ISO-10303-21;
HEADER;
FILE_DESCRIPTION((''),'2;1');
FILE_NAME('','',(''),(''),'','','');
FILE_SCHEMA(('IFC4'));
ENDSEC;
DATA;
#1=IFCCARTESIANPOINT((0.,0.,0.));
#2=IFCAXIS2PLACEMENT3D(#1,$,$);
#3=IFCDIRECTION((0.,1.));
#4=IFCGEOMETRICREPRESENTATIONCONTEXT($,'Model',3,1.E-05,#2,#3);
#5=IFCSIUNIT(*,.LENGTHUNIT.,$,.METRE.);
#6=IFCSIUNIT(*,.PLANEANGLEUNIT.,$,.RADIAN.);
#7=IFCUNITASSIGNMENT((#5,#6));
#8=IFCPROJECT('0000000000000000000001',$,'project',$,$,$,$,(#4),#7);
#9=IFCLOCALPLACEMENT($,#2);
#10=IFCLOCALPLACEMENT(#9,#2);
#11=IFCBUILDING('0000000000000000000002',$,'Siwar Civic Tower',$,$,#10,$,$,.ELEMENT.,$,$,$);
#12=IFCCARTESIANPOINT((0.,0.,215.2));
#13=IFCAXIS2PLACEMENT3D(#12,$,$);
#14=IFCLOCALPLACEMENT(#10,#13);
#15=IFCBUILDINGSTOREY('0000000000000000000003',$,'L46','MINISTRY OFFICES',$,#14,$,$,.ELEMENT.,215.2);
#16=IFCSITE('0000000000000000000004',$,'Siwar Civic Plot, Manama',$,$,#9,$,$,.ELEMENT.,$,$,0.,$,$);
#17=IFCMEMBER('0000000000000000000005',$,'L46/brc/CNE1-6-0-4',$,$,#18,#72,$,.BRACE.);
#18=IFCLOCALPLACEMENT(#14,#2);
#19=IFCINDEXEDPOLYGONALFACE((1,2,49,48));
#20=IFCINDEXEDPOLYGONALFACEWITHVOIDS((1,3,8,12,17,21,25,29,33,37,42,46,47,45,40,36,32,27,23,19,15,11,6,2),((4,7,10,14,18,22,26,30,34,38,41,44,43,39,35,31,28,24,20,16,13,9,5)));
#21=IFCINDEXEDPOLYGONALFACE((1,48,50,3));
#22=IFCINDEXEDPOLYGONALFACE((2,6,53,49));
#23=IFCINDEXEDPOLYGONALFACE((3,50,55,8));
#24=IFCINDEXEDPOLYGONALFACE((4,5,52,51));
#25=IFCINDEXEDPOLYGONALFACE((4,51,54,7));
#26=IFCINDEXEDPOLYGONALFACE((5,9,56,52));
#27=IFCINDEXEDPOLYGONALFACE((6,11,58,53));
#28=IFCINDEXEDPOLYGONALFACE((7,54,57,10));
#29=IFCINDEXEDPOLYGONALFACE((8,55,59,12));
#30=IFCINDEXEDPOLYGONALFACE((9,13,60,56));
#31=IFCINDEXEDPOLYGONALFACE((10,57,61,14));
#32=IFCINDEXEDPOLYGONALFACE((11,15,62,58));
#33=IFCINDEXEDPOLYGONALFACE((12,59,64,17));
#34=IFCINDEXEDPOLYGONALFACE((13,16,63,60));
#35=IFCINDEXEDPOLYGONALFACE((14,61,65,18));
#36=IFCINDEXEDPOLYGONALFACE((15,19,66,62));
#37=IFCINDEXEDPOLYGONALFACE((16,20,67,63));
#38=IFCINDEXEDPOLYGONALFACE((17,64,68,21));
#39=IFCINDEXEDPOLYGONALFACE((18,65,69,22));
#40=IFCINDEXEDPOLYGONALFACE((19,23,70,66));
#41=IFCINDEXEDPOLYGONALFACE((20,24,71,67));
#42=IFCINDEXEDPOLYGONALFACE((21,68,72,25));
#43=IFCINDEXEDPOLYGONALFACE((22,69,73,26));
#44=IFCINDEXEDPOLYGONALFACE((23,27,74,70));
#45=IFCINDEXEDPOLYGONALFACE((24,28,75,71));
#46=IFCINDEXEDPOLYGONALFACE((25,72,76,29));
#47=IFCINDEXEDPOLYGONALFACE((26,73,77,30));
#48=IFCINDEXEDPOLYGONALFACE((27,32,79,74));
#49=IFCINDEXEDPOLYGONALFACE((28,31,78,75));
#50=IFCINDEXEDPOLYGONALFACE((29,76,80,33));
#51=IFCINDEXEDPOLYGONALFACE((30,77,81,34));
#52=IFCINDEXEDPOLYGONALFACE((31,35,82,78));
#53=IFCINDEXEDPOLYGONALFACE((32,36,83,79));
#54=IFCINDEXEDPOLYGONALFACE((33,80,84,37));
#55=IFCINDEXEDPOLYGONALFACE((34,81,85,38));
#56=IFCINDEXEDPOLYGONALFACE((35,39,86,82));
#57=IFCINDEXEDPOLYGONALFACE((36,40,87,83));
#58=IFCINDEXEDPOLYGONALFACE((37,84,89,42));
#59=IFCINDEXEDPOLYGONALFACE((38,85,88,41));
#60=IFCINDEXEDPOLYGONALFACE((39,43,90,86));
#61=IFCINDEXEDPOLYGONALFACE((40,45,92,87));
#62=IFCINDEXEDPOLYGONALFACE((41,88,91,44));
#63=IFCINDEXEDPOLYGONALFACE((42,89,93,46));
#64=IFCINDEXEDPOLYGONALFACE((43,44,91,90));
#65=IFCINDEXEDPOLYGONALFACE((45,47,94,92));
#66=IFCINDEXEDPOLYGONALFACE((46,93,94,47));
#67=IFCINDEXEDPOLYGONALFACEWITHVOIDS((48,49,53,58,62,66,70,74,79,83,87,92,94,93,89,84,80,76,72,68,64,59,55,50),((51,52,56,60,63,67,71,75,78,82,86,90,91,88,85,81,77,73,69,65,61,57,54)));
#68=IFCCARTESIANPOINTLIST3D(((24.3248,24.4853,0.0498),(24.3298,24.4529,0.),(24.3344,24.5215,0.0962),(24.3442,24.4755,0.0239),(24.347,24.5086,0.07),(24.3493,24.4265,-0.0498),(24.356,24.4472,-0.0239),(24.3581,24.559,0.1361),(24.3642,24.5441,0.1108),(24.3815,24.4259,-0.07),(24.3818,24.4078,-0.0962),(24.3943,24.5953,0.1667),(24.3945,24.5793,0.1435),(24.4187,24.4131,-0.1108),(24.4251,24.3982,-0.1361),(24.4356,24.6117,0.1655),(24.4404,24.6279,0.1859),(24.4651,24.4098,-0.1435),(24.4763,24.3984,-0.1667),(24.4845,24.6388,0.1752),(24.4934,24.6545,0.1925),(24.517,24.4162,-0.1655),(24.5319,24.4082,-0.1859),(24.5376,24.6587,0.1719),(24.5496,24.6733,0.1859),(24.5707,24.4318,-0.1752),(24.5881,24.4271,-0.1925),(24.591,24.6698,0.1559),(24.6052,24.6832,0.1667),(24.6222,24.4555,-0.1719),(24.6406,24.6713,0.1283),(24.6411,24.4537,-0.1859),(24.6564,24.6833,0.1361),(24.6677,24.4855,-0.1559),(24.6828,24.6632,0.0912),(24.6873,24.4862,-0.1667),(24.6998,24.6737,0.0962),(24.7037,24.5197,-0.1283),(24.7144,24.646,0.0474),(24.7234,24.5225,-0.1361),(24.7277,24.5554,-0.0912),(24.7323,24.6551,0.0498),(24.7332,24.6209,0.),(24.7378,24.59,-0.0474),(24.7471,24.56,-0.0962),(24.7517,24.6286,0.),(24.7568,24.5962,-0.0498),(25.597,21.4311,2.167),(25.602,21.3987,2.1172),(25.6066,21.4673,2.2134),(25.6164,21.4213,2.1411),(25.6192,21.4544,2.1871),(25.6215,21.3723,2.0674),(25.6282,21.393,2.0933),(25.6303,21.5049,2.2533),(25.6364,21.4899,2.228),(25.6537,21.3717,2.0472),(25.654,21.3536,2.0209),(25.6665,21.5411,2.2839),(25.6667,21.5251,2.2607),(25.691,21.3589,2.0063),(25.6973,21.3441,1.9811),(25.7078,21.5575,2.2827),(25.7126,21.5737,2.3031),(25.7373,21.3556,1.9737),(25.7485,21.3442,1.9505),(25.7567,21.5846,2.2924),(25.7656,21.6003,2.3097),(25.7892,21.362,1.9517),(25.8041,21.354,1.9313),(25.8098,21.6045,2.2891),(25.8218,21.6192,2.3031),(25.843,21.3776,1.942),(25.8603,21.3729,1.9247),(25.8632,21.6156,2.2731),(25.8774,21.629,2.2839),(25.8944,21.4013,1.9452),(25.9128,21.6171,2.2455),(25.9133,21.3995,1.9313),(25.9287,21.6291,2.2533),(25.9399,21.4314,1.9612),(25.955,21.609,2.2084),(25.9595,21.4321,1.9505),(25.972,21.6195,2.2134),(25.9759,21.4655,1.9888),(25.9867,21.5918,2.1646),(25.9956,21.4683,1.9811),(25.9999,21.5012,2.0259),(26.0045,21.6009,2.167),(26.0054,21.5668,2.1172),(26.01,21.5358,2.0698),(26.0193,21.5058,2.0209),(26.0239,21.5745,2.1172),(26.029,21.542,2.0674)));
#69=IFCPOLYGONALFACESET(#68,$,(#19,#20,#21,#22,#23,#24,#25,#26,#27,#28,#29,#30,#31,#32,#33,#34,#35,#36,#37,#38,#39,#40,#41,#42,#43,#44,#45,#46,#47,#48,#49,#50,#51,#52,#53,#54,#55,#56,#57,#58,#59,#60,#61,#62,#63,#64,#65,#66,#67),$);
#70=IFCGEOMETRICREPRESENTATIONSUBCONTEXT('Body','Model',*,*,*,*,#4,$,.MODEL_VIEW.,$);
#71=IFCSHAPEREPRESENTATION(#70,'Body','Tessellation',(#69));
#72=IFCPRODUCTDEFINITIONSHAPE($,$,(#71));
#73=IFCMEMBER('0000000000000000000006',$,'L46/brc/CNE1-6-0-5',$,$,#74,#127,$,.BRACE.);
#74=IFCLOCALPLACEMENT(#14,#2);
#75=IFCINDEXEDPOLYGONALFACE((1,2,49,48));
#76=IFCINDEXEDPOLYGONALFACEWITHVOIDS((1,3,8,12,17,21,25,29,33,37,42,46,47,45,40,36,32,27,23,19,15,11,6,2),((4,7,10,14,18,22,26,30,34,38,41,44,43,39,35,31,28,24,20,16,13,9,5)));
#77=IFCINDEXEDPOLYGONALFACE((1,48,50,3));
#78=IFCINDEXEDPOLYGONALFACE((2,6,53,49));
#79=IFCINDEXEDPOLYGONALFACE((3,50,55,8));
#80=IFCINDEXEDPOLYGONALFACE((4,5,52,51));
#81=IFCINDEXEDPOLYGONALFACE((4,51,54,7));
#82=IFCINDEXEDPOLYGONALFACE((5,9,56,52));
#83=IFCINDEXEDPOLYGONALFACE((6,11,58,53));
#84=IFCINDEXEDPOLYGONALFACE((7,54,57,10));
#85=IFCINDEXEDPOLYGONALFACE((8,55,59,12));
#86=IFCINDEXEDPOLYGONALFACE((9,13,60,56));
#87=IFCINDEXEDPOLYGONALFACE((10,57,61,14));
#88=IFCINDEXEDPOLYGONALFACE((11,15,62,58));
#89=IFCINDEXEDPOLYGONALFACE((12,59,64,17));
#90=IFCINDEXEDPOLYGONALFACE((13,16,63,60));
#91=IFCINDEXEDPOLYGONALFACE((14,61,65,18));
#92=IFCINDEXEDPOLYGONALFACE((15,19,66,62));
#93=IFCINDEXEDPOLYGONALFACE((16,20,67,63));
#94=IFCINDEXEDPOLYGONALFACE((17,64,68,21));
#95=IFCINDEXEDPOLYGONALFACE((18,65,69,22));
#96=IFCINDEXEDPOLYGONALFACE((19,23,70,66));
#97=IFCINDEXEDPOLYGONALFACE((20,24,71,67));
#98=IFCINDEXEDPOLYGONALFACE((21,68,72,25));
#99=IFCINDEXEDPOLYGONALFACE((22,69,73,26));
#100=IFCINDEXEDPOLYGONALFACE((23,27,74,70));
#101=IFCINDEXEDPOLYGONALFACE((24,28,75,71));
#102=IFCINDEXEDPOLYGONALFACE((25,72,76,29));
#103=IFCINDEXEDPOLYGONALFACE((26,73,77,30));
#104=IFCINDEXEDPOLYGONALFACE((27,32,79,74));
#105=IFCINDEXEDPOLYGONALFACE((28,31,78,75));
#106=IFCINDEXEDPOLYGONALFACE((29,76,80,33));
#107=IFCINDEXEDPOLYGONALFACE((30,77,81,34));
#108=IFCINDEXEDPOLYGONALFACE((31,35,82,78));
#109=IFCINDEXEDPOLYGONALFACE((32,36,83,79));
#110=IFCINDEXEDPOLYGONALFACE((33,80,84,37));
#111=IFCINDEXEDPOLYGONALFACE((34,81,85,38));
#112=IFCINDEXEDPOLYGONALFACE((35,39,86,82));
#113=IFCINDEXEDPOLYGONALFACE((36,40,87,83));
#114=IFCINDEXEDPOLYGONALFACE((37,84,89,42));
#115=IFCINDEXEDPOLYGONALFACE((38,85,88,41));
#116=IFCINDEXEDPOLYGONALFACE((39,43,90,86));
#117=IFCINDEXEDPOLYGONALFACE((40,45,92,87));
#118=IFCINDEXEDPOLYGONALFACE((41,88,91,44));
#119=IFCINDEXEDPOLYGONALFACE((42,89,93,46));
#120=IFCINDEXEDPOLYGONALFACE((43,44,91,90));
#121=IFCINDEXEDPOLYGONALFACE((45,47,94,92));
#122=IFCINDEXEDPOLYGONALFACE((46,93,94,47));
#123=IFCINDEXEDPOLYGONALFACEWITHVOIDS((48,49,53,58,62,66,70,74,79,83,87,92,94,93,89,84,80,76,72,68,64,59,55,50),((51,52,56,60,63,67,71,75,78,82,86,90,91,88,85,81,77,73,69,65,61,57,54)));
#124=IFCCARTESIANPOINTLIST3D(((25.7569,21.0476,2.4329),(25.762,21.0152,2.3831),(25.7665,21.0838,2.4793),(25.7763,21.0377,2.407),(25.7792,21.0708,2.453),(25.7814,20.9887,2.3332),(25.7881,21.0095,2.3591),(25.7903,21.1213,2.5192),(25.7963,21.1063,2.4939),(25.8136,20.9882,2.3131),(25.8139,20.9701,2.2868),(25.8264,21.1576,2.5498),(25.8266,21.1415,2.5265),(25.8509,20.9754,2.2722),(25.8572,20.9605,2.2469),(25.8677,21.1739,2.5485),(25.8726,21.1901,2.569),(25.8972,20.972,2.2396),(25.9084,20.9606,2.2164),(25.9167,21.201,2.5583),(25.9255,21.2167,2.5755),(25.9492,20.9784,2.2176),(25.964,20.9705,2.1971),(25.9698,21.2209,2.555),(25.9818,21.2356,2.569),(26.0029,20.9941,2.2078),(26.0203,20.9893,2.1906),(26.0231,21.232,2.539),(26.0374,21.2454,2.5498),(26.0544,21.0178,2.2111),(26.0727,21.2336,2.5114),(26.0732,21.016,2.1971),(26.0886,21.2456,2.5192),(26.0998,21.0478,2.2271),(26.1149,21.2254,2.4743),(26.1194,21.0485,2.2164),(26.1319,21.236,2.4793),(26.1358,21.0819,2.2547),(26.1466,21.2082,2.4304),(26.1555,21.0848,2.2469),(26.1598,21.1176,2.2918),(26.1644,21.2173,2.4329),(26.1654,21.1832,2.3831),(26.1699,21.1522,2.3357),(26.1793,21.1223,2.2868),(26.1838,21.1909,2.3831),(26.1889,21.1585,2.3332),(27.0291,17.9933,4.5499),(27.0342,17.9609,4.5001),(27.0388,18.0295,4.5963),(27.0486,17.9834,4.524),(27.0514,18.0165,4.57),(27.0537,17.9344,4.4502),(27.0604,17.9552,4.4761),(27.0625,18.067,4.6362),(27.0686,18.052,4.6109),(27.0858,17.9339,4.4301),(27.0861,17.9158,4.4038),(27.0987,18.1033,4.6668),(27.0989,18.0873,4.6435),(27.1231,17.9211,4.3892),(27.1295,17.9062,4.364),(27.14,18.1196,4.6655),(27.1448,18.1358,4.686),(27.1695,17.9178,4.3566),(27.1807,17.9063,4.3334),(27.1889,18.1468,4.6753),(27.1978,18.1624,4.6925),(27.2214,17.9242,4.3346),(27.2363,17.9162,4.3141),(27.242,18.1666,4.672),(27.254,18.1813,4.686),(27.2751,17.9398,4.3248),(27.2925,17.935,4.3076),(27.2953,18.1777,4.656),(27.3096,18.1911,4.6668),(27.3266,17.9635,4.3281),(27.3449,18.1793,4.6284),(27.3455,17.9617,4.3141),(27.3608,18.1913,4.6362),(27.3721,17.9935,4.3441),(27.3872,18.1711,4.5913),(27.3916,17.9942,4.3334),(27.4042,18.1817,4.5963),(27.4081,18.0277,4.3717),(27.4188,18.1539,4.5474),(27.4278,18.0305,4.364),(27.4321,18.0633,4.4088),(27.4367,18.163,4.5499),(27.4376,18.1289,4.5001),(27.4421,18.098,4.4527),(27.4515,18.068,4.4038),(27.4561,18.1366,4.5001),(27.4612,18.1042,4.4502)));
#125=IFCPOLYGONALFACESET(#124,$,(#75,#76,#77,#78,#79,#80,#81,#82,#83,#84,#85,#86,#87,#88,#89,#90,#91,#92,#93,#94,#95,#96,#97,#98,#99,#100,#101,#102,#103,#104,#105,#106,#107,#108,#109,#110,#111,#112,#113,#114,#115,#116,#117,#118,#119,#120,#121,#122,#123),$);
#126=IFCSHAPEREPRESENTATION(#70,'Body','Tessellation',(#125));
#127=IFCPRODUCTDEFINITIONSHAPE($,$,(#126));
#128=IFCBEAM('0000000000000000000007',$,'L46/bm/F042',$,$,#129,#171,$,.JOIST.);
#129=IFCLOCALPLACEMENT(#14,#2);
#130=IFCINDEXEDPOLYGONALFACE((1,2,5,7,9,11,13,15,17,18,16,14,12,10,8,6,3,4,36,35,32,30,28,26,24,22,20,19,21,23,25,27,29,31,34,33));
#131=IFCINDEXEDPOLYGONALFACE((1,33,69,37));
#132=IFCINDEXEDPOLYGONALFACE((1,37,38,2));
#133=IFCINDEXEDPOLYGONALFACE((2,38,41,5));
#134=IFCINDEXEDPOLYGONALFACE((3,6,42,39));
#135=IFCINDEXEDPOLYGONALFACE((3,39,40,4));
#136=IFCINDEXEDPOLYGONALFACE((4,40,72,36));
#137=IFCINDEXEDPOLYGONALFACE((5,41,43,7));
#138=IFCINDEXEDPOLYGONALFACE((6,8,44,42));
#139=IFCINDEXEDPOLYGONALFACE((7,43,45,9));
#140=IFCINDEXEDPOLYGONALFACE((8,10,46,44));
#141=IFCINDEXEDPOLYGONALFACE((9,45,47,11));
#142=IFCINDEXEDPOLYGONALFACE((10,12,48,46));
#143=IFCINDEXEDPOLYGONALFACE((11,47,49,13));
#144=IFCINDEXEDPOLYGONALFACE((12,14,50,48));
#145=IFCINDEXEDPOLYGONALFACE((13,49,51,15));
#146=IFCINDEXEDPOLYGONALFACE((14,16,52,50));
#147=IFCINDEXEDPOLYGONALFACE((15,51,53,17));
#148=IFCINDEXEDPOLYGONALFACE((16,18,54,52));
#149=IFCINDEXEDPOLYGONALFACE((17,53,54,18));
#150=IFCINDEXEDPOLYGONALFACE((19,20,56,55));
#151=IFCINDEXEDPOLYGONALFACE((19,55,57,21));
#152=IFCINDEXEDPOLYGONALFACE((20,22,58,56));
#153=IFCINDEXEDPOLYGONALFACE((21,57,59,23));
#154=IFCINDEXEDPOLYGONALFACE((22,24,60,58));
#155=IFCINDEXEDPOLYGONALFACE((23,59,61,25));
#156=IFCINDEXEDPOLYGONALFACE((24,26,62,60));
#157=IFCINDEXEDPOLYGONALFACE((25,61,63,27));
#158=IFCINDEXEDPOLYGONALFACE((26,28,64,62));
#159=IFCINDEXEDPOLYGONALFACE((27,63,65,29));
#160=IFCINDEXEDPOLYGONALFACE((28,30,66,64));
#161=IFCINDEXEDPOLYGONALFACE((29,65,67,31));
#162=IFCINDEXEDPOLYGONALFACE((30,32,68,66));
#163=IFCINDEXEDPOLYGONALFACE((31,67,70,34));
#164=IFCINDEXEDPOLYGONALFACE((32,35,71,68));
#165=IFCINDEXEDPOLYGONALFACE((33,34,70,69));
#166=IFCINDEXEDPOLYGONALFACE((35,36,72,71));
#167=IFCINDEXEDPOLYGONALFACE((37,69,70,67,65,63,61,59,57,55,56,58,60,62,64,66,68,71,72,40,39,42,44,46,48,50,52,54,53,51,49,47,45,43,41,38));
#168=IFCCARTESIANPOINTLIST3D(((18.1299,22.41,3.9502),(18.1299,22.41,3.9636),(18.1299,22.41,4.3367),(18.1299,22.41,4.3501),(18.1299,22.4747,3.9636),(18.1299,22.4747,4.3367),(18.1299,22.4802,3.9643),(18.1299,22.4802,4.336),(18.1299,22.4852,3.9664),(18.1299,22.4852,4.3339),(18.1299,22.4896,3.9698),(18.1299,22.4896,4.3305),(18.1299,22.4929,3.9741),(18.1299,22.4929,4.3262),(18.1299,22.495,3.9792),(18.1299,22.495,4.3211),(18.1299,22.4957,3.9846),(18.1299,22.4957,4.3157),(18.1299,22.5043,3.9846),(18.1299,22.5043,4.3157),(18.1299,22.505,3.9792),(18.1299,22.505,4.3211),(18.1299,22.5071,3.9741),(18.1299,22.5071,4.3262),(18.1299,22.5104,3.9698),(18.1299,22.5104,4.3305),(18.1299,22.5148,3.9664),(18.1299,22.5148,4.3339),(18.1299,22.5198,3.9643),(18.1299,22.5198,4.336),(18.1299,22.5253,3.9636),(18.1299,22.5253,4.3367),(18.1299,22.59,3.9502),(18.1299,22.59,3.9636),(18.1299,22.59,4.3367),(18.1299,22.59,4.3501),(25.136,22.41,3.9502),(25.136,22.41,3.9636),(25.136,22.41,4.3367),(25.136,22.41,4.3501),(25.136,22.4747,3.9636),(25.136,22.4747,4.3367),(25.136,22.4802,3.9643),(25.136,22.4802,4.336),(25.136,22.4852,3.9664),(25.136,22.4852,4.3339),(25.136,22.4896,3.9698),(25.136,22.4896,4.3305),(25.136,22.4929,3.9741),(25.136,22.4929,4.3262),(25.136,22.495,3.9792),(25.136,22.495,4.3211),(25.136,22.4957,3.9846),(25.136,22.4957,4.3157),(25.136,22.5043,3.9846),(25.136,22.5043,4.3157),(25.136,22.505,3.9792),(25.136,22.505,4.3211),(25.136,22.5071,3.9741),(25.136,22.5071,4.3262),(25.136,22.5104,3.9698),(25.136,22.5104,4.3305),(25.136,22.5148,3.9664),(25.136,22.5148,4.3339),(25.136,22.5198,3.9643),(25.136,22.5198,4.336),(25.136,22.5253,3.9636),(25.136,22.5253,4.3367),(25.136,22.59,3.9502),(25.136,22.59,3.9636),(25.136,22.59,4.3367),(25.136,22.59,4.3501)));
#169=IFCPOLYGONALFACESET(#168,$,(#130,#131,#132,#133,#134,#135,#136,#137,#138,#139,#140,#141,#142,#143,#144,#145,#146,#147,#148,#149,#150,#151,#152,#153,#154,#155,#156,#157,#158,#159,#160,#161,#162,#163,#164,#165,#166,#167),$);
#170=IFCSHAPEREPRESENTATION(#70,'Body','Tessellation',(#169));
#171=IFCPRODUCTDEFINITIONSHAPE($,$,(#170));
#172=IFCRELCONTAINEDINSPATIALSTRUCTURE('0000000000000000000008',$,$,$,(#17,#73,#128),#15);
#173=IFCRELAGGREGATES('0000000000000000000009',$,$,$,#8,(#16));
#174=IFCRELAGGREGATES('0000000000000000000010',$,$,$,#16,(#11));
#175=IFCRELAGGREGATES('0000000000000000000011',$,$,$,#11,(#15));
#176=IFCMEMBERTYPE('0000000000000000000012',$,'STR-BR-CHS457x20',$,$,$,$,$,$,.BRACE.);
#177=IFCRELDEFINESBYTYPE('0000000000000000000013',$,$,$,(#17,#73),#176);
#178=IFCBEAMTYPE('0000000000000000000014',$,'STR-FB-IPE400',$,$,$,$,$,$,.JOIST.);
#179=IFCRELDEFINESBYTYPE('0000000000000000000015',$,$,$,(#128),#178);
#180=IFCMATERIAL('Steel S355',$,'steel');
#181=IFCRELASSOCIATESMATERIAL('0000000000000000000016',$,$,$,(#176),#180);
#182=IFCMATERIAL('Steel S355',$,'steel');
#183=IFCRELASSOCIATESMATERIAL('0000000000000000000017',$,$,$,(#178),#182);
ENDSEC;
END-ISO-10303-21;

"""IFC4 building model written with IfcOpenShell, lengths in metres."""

from ifc_helpers import new_model, si_unit, direction, frame, origin, origin_2d, place, context, subcontext, project, spatial, hollow_circle, i_section, extrude, material, material_profile, profile_set, type_object, element, save


model = new_model("IFC4")

# Units and contexts
model_context = context("Model", 3, precision=1e-05, world=origin(), true_north=direction((0.0, 1.0)))
body_context = subcontext(model_context, "Body", "Model", "MODEL_VIEW")
ifc_project = project(units=[si_unit("LENGTHUNIT", "METRE"), si_unit("PLANEANGLEUNIT", "RADIAN")], contexts=[model_context])

# Site, building, storey
site_placement = place(None, origin())
site = spatial("IfcSite", under=ifc_project, at=site_placement, Name="Siwar Civic Plot, Manama", CompositionType="ELEMENT", RefElevation=0.0)
building_placement = place(site_placement, origin())
building = spatial("IfcBuilding", under=site, at=building_placement, Name="Siwar Civic Tower", CompositionType="ELEMENT")
storey_placement = place(building_placement, frame((0.0, 0.0, 215.2)))
storey = spatial("IfcBuildingStorey", under=building, at=storey_placement, Name="L46", Description="MINISTRY OFFICES", CompositionType="ELEMENT", Elevation=215.2)

# Members
ifc_material_1 = material(Name="Steel S355", Category="steel")
ifc_material_profile_1 = material_profile(ifc_material_1, hollow_circle(Radius=0.2285, WallThickness=0.02, at=origin_2d()), Name="CHS457x20")
ifc_profile_set_1 = profile_set([ifc_material_profile_1], Name="Steel S355")
member_type_1 = type_object("IfcMemberType", Name="STR-BR-CHS457x20", PredefinedType="BRACE", material=ifc_profile_set_1)
for number, where, z_axis, x_axis, name in (
    (1, (24.5408, 24.5408, 0.0), (0.323884, -0.777546, 0.538999), (0.923116, 0.384521, 0.0), "L46/brc/CNE1-6-0-4"),
    (2, (25.9729, 21.103, 2.3831), (0.323895, -0.777572, 0.538955), (0.923116, 0.384521, 0.0), "L46/brc/CNE1-6-0-5"),
):
    element("IfcMember", number, at=place(storey_placement, frame(where, z_axis=z_axis, x_axis=x_axis)), inside=storey, type_object=member_type_1, Name=name, PredefinedType="BRACE", context=body_context, shape_type="SweptSolid", body=[
        extrude(hollow_circle(Radius=0.2285, WallThickness=0.02, at=origin_2d()), origin(), (0.0, 0.0, 1.0), 3.928),
    ])

# Beam
ifc_material_2 = material(Name="Steel S355", Category="steel")
ifc_material_profile_2 = material_profile(ifc_material_2, i_section(OverallWidth=0.1799, OverallDepth=0.3999, WebThickness=0.0085, FlangeThickness=0.0134, FilletRadius=0.021, at=origin_2d()), Name="IPE400")
ifc_profile_set_2 = profile_set([ifc_material_profile_2], Name="Steel S355")
beam_type_1 = type_object("IfcBeamType", Name="STR-FB-IPE400", PredefinedType="JOIST", material=ifc_profile_set_2)
beam_1_placement = place(storey_placement, frame((18.1299, 22.5, 4.1501), z_axis=(1.0, 0.0, 0.0), x_axis=(0.0, 1.0, 0.0)))
element("IfcBeam", 3, at=beam_1_placement, inside=storey, type_object=beam_type_1, Name="L46/bm/F042", PredefinedType="JOIST", context=body_context, shape_type="SweptSolid", body=[
    extrude(i_section(OverallWidth=0.1799, OverallDepth=0.3999, WebThickness=0.0085, FlangeThickness=0.0134, FilletRadius=0.021, at=origin_2d()), origin(), (0.0, 0.0, 1.0), 7.0061),
])

save(model, "model.ifc")
